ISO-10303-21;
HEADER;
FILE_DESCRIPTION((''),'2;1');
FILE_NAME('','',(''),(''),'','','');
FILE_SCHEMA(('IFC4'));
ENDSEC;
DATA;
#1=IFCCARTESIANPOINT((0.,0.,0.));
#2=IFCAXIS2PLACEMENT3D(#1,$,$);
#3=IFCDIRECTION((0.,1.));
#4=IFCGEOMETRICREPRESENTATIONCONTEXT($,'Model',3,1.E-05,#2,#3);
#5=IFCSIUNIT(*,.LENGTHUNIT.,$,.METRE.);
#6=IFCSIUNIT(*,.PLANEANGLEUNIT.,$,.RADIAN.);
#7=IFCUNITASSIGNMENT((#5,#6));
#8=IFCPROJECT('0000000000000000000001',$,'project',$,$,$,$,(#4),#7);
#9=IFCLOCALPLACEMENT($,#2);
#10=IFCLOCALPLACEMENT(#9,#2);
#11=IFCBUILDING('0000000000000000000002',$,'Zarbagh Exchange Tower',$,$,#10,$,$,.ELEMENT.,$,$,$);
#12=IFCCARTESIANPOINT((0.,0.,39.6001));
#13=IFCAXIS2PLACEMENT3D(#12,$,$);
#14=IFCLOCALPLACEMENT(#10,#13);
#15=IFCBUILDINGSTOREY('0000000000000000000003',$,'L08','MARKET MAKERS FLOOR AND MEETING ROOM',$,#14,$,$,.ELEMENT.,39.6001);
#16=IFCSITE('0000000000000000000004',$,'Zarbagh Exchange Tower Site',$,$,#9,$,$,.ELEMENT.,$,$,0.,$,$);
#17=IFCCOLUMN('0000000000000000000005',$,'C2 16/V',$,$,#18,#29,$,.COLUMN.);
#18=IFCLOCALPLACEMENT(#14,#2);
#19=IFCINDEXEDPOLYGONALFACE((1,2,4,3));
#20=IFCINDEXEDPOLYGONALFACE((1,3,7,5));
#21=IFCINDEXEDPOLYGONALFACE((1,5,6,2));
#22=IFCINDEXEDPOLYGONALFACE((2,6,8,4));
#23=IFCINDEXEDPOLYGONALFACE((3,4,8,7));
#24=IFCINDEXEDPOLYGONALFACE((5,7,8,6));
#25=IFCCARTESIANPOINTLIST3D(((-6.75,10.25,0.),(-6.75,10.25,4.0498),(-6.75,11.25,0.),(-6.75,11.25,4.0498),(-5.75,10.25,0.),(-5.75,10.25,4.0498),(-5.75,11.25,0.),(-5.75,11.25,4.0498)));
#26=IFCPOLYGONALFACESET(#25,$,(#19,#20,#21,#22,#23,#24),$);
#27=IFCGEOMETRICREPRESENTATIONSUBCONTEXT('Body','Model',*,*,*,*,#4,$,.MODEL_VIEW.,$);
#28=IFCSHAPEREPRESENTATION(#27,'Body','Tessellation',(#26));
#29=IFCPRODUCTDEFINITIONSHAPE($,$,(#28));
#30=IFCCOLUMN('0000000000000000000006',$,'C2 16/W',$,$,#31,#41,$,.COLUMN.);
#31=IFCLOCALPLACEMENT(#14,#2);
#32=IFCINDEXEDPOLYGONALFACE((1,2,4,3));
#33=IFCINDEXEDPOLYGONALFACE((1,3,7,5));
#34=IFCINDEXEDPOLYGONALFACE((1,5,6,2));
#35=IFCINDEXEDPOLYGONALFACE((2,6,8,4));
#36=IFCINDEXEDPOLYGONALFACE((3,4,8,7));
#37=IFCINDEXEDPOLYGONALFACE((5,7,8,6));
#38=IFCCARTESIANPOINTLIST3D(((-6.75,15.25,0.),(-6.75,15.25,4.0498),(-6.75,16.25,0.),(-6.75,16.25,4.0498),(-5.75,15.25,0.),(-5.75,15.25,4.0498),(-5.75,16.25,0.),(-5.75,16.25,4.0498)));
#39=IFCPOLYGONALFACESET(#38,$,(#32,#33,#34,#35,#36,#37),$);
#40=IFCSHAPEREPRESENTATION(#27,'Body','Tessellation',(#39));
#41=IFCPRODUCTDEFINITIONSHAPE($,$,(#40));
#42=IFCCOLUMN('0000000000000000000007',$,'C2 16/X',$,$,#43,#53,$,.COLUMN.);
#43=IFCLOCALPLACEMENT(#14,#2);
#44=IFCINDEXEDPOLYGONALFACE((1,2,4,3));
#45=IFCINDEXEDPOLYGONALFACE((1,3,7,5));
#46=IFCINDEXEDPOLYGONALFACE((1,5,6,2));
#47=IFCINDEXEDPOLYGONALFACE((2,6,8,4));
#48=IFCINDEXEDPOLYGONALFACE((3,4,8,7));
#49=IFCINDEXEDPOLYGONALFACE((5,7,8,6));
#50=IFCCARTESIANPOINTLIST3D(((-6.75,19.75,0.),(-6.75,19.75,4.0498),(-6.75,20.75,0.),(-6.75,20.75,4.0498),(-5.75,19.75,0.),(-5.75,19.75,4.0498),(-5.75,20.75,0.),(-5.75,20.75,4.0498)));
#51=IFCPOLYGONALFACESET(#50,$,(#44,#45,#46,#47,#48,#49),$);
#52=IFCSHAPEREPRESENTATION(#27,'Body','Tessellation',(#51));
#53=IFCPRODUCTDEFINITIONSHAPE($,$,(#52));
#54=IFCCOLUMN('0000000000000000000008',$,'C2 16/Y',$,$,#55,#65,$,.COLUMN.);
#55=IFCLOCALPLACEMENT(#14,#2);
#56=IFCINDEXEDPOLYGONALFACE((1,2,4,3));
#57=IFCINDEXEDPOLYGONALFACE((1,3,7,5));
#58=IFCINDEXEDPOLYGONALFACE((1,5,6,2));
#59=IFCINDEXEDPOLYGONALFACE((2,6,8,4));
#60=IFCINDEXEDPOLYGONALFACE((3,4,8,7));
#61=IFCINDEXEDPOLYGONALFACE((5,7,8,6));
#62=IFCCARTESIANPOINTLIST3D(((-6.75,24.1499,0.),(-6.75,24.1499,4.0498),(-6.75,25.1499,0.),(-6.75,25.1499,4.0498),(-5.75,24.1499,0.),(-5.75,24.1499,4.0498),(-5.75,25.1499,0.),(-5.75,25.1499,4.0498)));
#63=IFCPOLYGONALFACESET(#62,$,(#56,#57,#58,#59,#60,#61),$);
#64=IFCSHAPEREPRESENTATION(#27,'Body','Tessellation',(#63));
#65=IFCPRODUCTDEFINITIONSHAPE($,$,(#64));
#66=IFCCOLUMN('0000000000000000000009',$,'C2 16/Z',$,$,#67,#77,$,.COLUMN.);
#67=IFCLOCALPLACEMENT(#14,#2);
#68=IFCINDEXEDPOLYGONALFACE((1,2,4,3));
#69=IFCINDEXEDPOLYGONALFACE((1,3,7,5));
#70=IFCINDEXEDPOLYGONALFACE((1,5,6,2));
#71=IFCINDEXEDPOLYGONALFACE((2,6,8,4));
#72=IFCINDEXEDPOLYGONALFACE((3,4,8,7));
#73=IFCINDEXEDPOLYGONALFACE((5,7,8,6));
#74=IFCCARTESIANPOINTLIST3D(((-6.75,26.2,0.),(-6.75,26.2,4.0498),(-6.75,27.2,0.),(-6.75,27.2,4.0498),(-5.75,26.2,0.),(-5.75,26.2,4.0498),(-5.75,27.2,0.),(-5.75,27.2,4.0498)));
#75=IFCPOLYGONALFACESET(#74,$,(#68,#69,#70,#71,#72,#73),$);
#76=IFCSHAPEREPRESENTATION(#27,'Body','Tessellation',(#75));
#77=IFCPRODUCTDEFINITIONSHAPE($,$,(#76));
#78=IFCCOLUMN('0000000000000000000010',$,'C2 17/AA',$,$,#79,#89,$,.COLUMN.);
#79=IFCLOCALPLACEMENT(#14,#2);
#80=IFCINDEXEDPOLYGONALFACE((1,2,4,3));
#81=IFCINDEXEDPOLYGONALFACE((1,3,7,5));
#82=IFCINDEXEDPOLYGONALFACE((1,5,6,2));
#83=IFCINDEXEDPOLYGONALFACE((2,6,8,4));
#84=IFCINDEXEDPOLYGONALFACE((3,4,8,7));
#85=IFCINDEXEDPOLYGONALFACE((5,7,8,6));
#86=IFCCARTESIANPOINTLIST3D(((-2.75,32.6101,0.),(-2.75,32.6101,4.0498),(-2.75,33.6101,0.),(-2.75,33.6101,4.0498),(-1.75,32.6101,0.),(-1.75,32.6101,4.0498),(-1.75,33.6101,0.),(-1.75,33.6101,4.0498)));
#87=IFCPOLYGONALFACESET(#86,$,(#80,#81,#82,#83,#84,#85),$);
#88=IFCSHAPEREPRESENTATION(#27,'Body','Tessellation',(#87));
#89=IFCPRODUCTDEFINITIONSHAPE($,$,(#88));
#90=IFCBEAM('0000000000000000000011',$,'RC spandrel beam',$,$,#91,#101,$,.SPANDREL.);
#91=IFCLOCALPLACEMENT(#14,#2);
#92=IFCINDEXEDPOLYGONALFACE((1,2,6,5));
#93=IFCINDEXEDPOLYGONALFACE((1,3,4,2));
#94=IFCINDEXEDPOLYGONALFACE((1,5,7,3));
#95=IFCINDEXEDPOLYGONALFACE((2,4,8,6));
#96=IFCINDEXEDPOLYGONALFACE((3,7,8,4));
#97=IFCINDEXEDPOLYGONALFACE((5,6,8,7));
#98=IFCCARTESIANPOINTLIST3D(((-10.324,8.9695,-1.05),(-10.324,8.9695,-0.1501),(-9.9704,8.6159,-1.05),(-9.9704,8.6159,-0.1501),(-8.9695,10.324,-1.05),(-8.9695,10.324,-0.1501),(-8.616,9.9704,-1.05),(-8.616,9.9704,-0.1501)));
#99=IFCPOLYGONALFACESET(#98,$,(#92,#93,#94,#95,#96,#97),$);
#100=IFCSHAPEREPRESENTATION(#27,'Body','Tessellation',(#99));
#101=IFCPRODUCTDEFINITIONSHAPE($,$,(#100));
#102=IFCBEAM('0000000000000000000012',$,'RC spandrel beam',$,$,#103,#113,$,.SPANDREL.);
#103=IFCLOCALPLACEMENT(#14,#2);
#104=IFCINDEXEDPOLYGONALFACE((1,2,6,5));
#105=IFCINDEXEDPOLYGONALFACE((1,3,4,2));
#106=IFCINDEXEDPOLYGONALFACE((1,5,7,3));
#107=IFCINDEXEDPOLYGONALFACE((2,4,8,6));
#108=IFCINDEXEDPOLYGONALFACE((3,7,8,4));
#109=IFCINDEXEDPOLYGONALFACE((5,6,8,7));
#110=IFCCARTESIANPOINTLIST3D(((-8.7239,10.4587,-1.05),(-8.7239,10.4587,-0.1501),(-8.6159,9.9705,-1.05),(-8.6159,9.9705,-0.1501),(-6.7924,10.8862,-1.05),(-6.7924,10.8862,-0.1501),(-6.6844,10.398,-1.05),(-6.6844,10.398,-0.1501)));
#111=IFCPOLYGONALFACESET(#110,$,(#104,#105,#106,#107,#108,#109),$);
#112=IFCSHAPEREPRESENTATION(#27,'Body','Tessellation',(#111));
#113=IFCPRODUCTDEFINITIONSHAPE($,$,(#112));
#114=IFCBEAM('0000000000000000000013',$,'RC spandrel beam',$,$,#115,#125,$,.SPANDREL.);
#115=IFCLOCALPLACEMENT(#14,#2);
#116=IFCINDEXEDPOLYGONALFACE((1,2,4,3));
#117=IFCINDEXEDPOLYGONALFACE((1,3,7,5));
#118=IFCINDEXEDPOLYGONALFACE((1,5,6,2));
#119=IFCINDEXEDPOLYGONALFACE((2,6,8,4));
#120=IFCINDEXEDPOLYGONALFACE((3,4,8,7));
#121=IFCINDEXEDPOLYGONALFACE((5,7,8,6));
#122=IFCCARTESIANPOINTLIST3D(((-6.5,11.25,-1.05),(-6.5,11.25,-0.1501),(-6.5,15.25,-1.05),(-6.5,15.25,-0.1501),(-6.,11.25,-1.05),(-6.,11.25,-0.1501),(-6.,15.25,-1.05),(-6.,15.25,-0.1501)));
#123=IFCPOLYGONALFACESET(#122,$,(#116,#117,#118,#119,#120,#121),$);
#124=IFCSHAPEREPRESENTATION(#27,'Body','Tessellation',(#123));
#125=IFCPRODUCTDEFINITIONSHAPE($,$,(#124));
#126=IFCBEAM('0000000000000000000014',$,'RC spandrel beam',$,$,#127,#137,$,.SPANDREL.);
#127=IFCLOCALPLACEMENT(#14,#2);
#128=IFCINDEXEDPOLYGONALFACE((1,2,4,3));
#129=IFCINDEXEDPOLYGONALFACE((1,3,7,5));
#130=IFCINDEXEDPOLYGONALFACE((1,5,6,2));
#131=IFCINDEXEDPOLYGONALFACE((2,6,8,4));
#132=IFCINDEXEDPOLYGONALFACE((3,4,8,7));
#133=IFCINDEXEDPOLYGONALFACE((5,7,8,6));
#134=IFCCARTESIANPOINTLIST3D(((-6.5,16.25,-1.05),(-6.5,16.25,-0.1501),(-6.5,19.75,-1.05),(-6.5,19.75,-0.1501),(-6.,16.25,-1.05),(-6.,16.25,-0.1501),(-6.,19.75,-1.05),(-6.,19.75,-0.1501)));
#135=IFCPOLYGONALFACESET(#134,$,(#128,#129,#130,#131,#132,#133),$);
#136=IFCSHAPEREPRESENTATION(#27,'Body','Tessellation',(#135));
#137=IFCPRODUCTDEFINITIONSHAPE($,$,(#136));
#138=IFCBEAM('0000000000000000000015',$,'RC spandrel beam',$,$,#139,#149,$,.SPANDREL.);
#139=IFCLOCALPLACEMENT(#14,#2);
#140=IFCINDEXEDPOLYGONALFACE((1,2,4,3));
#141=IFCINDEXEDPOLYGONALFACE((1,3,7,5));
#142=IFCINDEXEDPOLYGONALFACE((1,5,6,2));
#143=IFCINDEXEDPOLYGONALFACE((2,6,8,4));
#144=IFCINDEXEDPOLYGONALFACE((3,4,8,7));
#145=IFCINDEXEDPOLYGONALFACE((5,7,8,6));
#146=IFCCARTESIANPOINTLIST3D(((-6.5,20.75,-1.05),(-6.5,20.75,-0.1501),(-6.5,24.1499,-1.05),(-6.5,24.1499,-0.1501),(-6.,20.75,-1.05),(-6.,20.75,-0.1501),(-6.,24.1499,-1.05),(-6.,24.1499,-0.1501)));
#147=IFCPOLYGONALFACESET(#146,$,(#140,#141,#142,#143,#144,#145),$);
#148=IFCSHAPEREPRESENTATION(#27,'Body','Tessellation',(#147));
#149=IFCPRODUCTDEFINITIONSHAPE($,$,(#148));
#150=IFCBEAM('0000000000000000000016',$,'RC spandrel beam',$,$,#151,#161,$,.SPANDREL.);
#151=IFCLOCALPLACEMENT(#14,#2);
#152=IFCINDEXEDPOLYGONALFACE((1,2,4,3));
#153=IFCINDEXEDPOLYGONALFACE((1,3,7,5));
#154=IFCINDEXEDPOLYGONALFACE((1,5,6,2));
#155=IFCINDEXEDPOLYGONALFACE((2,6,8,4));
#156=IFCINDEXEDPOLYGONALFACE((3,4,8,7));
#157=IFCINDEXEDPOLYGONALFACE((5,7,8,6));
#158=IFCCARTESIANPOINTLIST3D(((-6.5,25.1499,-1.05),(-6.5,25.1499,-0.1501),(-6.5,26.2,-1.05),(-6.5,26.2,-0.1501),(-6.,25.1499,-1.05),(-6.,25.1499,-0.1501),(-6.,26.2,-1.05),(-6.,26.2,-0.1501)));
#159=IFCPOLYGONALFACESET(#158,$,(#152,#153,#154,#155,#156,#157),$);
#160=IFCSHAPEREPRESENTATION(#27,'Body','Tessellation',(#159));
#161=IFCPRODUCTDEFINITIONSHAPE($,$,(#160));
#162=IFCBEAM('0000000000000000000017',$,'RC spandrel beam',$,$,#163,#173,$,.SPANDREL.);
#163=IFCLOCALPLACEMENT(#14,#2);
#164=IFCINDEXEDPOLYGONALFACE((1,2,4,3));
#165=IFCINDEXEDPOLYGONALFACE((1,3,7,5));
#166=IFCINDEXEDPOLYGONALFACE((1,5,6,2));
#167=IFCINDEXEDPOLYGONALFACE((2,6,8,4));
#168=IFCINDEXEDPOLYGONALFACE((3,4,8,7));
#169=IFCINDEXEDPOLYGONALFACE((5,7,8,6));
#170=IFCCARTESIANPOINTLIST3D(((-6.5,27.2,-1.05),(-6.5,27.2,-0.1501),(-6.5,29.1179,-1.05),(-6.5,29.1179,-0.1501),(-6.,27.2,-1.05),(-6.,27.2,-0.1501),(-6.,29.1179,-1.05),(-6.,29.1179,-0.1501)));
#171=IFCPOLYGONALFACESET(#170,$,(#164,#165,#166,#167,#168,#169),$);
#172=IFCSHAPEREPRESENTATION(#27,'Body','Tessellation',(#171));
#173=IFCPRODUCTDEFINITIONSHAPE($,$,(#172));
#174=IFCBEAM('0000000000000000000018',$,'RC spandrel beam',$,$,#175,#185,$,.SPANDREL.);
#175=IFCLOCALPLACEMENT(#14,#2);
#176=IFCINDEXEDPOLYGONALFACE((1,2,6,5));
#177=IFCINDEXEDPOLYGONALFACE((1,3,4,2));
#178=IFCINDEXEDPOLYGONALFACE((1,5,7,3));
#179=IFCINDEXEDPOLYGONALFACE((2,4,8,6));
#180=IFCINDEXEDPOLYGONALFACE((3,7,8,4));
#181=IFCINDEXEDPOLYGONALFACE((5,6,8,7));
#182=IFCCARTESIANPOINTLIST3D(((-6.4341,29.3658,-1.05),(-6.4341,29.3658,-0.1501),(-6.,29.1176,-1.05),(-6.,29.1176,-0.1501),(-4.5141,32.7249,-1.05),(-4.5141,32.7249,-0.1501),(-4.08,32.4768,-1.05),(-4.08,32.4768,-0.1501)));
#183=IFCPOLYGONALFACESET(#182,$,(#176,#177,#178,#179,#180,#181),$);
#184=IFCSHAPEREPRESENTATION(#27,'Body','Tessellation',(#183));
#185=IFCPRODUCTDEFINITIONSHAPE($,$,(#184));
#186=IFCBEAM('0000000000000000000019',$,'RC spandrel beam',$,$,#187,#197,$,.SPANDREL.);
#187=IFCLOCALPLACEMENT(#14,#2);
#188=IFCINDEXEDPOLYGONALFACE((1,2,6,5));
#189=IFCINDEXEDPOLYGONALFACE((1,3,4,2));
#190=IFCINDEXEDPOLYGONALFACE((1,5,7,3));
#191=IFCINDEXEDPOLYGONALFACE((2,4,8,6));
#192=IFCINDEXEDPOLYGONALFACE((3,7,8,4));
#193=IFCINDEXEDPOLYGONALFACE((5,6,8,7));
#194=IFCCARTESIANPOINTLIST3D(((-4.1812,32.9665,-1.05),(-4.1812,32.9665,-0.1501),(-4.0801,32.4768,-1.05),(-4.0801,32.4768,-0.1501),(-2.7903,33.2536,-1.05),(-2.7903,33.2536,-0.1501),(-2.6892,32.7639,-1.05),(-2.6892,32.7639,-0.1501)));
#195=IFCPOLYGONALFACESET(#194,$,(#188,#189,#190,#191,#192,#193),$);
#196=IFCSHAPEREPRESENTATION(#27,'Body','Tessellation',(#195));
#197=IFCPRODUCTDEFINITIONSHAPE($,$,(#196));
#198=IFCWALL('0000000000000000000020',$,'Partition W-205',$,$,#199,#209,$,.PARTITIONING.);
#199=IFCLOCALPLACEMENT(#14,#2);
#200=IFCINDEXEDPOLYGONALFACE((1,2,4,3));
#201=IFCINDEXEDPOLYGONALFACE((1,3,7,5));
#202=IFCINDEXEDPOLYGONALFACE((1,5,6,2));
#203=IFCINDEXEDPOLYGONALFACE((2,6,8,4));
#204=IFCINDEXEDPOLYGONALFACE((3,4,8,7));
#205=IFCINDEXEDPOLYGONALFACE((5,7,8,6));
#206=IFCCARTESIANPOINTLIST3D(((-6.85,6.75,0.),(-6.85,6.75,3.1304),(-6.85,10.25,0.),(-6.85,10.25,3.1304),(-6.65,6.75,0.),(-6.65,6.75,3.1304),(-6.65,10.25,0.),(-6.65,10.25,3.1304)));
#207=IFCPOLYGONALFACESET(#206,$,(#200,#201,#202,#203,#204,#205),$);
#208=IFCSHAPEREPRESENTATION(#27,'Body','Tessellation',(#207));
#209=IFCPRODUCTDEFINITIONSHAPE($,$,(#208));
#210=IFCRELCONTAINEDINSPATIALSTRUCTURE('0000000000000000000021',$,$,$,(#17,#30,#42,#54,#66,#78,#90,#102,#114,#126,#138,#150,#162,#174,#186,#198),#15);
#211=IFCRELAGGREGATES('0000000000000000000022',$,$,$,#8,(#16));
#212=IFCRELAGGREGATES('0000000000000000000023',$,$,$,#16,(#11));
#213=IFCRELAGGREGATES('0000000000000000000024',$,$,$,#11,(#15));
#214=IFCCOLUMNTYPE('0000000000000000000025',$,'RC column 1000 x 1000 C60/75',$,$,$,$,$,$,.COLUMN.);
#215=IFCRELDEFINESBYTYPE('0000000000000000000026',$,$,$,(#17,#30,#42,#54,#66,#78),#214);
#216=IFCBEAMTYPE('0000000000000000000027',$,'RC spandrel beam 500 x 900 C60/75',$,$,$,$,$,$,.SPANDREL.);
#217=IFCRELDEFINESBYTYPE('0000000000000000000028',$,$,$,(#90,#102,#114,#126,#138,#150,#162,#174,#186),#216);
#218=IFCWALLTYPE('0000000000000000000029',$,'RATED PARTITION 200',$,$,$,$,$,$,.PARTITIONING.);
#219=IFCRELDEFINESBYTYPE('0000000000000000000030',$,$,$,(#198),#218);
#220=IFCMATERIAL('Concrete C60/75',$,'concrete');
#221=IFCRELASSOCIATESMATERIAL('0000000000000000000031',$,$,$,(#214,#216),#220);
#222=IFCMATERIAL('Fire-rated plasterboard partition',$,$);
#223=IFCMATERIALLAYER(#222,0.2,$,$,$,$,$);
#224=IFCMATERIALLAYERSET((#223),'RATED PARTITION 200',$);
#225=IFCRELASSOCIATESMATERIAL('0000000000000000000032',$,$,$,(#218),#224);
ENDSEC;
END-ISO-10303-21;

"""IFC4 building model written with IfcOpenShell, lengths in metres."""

from ifc_helpers import new_model, si_unit, direction, frame, frame_2d, origin, origin_2d, place, context, subcontext, project, spatial, rectangle, extrude, material, layer, layer_set, material_profile, profile_set, type_object, element, save


model = new_model("IFC4")

# Units and contexts
model_context = context("Model", 3, precision=1e-05, world=origin(), true_north=direction((0.0, 1.0)))
body_context = subcontext(model_context, "Body", "Model", "MODEL_VIEW")
ifc_project = project(units=[si_unit("LENGTHUNIT", "METRE"), si_unit("PLANEANGLEUNIT", "RADIAN")], contexts=[model_context])

# Site, building, storey
site_placement = place(None, origin())
site = spatial("IfcSite", under=ifc_project, at=site_placement, Name="Zarbagh Exchange Tower Site", CompositionType="ELEMENT", RefElevation=0.0)
building_placement = place(site_placement, origin())
building = spatial("IfcBuilding", under=site, at=building_placement, Name="Zarbagh Exchange Tower", CompositionType="ELEMENT")
storey_placement = place(building_placement, frame((0.0, 0.0, 39.6001)))
storey = spatial("IfcBuildingStorey", under=building, at=storey_placement, Name="L08", Description="MARKET MAKERS FLOOR AND MEETING ROOM", CompositionType="ELEMENT", Elevation=39.6001)

# Columns
ifc_material_1 = material(Name="Concrete C60/75", Category="concrete")
ifc_material_profile_1 = material_profile(ifc_material_1, rectangle(XDim=1.0, YDim=1.0, at=origin_2d()), Name="RC column 1000 x 1000 C60/75")
ifc_profile_set_1 = profile_set([ifc_material_profile_1], Name="Concrete C60/75")
column_type = type_object("IfcColumnType", Name="RC column 1000 x 1000 C60/75", PredefinedType="COLUMN", material=ifc_profile_set_1)
for number, where, z_axis, x_axis, name in (
    (1, (-6.25, 10.75, 0.0), (0.0, 0.0, 1.0), (1.0, 0.0, 0.0), "C2 16/V"),
    (2, (-6.25, 15.75, 0.0), (0.0, 0.0, 1.0), (1.0, 0.0, 0.0), "C2 16/W"),
    (3, (-6.25, 20.25, 0.0), (0.0, 0.0, 1.0), (1.0, 0.0, 0.0), "C2 16/X"),
    (4, (-6.25, 24.6499, 0.0), (0.0, 0.0, 1.0), (1.0, 0.0, 0.0), "C2 16/Y"),
    (5, (-6.25, 26.7, 0.0), (0.0, 0.0, 1.0), (1.0, 0.0, 0.0), "C2 16/Z"),
    (6, (-2.25, 33.1101, 0.0), (0.0, 0.0, 1.0), (1.0, 0.0, 0.0), "C2 17/AA"),
):
    element("IfcColumn", number, at=place(storey_placement, frame(where, z_axis=z_axis, x_axis=x_axis)), inside=storey, type_object=column_type, Name=name, PredefinedType="COLUMN", context=body_context, shape_type="SweptSolid", body=[
        extrude(rectangle(XDim=1.0, YDim=1.0, at=origin_2d()), origin(), (0.0, 0.0, 1.0), 4.0498),
    ])

# Beams
ifc_material_profile_2 = material_profile(ifc_material_1, rectangle(XDim=0.5, YDim=0.8999, at=origin_2d()), Name="RC spandrel beam 500 x 900 C60/75")
ifc_profile_set_2 = profile_set([ifc_material_profile_2], Name="Concrete C60/75")
beam_type = type_object("IfcBeamType", Name="RC spandrel beam 500 x 900 C60/75", PredefinedType="SPANDREL", material=ifc_profile_set_2)
beam_1_placement = place(storey_placement, frame((-10.1472, 8.7927, -0.6001), z_axis=(0.707107, 0.707107, 0.0), x_axis=(-0.707107, 0.707107, 0.0)))
element("IfcBeam", 7, at=beam_1_placement, inside=storey, type_object=beam_type, Name="RC spandrel beam", PredefinedType="SPANDREL", context=body_context, shape_type="SweptSolid", body=[
    extrude(rectangle(XDim=0.5, YDim=0.8999, at=origin_2d()), origin(), (0.0, 0.0, 1.0), 1.9155),
])
beam_2_placement = place(storey_placement, frame((-8.6699, 10.2146, -0.6001), z_axis=(0.976375, 0.216081, 0.0), x_axis=(-0.216081, 0.976375, 0.0)))
element("IfcBeam", 8, at=beam_2_placement, inside=storey, type_object=beam_type, Name="RC spandrel beam", PredefinedType="SPANDREL", context=body_context, shape_type="SweptSolid", body=[
    extrude(rectangle(XDim=0.5, YDim=0.8999, at=origin_2d()), origin(), (0.0, 0.0, 1.0), 1.9783),
])
beam_3_placement = place(storey_placement, frame((-6.25, 11.25, -0.6001), z_axis=(0.0, 1.0, 0.0), x_axis=(-1.0, 0.0, 0.0)))
element("IfcBeam", 9, at=beam_3_placement, inside=storey, type_object=beam_type, Name="RC spandrel beam", PredefinedType="SPANDREL", context=body_context, shape_type="SweptSolid", body=[
    extrude(rectangle(XDim=0.5, YDim=0.8999, at=origin_2d()), origin(), (0.0, 0.0, 1.0), 4.0),
])
beam_4_placement = place(storey_placement, frame((-6.25, 16.25, -0.6001), z_axis=(0.0, 1.0, 0.0), x_axis=(-1.0, 0.0, 0.0)))
element("IfcBeam", 10, at=beam_4_placement, inside=storey, type_object=beam_type, Name="RC spandrel beam", PredefinedType="SPANDREL", context=body_context, shape_type="SweptSolid", body=[
    extrude(rectangle(XDim=0.5, YDim=0.8999, at=origin_2d()), origin(), (0.0, 0.0, 1.0), 3.5),
])
beam_5_placement = place(storey_placement, frame((-6.25, 20.75, -0.6001), z_axis=(0.0, 1.0, 0.0), x_axis=(-1.0, 0.0, 0.0)))
element("IfcBeam", 11, at=beam_5_placement, inside=storey, type_object=beam_type, Name="RC spandrel beam", PredefinedType="SPANDREL", context=body_context, shape_type="SweptSolid", body=[
    extrude(rectangle(XDim=0.5, YDim=0.8999, at=origin_2d()), origin(), (0.0, 0.0, 1.0), 3.3999),
])
beam_6_placement = place(storey_placement, frame((-6.25, 25.1499, -0.6001), z_axis=(0.0, 1.0, 0.0), x_axis=(-1.0, 0.0, 0.0)))
element("IfcBeam", 12, at=beam_6_placement, inside=storey, type_object=beam_type, Name="RC spandrel beam", PredefinedType="SPANDREL", context=body_context, shape_type="SweptSolid", body=[
    extrude(rectangle(XDim=0.5, YDim=0.8999, at=origin_2d()), origin(), (0.0, 0.0, 1.0), 1.05),
])
beam_7_placement = place(storey_placement, frame((-6.25, 27.2, -0.6001), z_axis=(0.0, 1.0, 0.0), x_axis=(-1.0, 0.0, 0.0)))
element("IfcBeam", 13, at=beam_7_placement, inside=storey, type_object=beam_type, Name="RC spandrel beam", PredefinedType="SPANDREL", context=body_context, shape_type="SweptSolid", body=[
    extrude(rectangle(XDim=0.5, YDim=0.8999, at=origin_2d()), origin(), (0.0, 0.0, 1.0), 1.918),
])
beam_8_placement = place(storey_placement, frame((-6.217, 29.2417, -0.6001), z_axis=(0.49622, 0.868197, 0.0), x_axis=(-0.868197, 0.49622, 0.0)))
element("IfcBeam", 14, at=beam_8_placement, inside=storey, type_object=beam_type, Name="RC spandrel beam", PredefinedType="SPANDREL", context=body_context, shape_type="SweptSolid", body=[
    extrude(rectangle(XDim=0.5, YDim=0.8999, at=origin_2d()), origin(), (0.0, 0.0, 1.0), 3.8691),
])
beam_9_placement = place(storey_placement, frame((-4.1306, 32.7217, -0.6001), z_axis=(0.979352, 0.202162, 0.0), x_axis=(-0.202162, 0.979352, 0.0)))
element("IfcBeam", 15, at=beam_9_placement, inside=storey, type_object=beam_type, Name="RC spandrel beam", PredefinedType="SPANDREL", context=body_context, shape_type="SweptSolid", body=[
    extrude(rectangle(XDim=0.5, YDim=0.8999, at=origin_2d()), origin(), (0.0, 0.0, 1.0), 1.4202),
])

# Wall
ifc_material_2 = material(Name="Fire-rated plasterboard partition")
ifc_layer_1 = layer(ifc_material_2, 0.2)
ifc_layer_set_1 = layer_set([ifc_layer_1], Name="RATED PARTITION 200")
wall_type_1 = type_object("IfcWallType", Name="RATED PARTITION 200", PredefinedType="PARTITIONING", material=ifc_layer_set_1)
wall_1_placement = place(storey_placement, frame((-6.75, 6.75, 0.0), z_axis=(0.0, 0.0, 1.0), x_axis=(0.0, 1.0, 0.0)))
element("IfcWall", 16, at=wall_1_placement, inside=storey, type_object=wall_type_1, Name="Partition W-205", PredefinedType="PARTITIONING", context=body_context, shape_type="SweptSolid", body=[
    extrude(rectangle(XDim=3.5, YDim=0.2, at=frame_2d((1.75, 0.0))), origin(), (0.0, 0.0, 1.0), 3.1304),
])

save(model, "model.ifc")
